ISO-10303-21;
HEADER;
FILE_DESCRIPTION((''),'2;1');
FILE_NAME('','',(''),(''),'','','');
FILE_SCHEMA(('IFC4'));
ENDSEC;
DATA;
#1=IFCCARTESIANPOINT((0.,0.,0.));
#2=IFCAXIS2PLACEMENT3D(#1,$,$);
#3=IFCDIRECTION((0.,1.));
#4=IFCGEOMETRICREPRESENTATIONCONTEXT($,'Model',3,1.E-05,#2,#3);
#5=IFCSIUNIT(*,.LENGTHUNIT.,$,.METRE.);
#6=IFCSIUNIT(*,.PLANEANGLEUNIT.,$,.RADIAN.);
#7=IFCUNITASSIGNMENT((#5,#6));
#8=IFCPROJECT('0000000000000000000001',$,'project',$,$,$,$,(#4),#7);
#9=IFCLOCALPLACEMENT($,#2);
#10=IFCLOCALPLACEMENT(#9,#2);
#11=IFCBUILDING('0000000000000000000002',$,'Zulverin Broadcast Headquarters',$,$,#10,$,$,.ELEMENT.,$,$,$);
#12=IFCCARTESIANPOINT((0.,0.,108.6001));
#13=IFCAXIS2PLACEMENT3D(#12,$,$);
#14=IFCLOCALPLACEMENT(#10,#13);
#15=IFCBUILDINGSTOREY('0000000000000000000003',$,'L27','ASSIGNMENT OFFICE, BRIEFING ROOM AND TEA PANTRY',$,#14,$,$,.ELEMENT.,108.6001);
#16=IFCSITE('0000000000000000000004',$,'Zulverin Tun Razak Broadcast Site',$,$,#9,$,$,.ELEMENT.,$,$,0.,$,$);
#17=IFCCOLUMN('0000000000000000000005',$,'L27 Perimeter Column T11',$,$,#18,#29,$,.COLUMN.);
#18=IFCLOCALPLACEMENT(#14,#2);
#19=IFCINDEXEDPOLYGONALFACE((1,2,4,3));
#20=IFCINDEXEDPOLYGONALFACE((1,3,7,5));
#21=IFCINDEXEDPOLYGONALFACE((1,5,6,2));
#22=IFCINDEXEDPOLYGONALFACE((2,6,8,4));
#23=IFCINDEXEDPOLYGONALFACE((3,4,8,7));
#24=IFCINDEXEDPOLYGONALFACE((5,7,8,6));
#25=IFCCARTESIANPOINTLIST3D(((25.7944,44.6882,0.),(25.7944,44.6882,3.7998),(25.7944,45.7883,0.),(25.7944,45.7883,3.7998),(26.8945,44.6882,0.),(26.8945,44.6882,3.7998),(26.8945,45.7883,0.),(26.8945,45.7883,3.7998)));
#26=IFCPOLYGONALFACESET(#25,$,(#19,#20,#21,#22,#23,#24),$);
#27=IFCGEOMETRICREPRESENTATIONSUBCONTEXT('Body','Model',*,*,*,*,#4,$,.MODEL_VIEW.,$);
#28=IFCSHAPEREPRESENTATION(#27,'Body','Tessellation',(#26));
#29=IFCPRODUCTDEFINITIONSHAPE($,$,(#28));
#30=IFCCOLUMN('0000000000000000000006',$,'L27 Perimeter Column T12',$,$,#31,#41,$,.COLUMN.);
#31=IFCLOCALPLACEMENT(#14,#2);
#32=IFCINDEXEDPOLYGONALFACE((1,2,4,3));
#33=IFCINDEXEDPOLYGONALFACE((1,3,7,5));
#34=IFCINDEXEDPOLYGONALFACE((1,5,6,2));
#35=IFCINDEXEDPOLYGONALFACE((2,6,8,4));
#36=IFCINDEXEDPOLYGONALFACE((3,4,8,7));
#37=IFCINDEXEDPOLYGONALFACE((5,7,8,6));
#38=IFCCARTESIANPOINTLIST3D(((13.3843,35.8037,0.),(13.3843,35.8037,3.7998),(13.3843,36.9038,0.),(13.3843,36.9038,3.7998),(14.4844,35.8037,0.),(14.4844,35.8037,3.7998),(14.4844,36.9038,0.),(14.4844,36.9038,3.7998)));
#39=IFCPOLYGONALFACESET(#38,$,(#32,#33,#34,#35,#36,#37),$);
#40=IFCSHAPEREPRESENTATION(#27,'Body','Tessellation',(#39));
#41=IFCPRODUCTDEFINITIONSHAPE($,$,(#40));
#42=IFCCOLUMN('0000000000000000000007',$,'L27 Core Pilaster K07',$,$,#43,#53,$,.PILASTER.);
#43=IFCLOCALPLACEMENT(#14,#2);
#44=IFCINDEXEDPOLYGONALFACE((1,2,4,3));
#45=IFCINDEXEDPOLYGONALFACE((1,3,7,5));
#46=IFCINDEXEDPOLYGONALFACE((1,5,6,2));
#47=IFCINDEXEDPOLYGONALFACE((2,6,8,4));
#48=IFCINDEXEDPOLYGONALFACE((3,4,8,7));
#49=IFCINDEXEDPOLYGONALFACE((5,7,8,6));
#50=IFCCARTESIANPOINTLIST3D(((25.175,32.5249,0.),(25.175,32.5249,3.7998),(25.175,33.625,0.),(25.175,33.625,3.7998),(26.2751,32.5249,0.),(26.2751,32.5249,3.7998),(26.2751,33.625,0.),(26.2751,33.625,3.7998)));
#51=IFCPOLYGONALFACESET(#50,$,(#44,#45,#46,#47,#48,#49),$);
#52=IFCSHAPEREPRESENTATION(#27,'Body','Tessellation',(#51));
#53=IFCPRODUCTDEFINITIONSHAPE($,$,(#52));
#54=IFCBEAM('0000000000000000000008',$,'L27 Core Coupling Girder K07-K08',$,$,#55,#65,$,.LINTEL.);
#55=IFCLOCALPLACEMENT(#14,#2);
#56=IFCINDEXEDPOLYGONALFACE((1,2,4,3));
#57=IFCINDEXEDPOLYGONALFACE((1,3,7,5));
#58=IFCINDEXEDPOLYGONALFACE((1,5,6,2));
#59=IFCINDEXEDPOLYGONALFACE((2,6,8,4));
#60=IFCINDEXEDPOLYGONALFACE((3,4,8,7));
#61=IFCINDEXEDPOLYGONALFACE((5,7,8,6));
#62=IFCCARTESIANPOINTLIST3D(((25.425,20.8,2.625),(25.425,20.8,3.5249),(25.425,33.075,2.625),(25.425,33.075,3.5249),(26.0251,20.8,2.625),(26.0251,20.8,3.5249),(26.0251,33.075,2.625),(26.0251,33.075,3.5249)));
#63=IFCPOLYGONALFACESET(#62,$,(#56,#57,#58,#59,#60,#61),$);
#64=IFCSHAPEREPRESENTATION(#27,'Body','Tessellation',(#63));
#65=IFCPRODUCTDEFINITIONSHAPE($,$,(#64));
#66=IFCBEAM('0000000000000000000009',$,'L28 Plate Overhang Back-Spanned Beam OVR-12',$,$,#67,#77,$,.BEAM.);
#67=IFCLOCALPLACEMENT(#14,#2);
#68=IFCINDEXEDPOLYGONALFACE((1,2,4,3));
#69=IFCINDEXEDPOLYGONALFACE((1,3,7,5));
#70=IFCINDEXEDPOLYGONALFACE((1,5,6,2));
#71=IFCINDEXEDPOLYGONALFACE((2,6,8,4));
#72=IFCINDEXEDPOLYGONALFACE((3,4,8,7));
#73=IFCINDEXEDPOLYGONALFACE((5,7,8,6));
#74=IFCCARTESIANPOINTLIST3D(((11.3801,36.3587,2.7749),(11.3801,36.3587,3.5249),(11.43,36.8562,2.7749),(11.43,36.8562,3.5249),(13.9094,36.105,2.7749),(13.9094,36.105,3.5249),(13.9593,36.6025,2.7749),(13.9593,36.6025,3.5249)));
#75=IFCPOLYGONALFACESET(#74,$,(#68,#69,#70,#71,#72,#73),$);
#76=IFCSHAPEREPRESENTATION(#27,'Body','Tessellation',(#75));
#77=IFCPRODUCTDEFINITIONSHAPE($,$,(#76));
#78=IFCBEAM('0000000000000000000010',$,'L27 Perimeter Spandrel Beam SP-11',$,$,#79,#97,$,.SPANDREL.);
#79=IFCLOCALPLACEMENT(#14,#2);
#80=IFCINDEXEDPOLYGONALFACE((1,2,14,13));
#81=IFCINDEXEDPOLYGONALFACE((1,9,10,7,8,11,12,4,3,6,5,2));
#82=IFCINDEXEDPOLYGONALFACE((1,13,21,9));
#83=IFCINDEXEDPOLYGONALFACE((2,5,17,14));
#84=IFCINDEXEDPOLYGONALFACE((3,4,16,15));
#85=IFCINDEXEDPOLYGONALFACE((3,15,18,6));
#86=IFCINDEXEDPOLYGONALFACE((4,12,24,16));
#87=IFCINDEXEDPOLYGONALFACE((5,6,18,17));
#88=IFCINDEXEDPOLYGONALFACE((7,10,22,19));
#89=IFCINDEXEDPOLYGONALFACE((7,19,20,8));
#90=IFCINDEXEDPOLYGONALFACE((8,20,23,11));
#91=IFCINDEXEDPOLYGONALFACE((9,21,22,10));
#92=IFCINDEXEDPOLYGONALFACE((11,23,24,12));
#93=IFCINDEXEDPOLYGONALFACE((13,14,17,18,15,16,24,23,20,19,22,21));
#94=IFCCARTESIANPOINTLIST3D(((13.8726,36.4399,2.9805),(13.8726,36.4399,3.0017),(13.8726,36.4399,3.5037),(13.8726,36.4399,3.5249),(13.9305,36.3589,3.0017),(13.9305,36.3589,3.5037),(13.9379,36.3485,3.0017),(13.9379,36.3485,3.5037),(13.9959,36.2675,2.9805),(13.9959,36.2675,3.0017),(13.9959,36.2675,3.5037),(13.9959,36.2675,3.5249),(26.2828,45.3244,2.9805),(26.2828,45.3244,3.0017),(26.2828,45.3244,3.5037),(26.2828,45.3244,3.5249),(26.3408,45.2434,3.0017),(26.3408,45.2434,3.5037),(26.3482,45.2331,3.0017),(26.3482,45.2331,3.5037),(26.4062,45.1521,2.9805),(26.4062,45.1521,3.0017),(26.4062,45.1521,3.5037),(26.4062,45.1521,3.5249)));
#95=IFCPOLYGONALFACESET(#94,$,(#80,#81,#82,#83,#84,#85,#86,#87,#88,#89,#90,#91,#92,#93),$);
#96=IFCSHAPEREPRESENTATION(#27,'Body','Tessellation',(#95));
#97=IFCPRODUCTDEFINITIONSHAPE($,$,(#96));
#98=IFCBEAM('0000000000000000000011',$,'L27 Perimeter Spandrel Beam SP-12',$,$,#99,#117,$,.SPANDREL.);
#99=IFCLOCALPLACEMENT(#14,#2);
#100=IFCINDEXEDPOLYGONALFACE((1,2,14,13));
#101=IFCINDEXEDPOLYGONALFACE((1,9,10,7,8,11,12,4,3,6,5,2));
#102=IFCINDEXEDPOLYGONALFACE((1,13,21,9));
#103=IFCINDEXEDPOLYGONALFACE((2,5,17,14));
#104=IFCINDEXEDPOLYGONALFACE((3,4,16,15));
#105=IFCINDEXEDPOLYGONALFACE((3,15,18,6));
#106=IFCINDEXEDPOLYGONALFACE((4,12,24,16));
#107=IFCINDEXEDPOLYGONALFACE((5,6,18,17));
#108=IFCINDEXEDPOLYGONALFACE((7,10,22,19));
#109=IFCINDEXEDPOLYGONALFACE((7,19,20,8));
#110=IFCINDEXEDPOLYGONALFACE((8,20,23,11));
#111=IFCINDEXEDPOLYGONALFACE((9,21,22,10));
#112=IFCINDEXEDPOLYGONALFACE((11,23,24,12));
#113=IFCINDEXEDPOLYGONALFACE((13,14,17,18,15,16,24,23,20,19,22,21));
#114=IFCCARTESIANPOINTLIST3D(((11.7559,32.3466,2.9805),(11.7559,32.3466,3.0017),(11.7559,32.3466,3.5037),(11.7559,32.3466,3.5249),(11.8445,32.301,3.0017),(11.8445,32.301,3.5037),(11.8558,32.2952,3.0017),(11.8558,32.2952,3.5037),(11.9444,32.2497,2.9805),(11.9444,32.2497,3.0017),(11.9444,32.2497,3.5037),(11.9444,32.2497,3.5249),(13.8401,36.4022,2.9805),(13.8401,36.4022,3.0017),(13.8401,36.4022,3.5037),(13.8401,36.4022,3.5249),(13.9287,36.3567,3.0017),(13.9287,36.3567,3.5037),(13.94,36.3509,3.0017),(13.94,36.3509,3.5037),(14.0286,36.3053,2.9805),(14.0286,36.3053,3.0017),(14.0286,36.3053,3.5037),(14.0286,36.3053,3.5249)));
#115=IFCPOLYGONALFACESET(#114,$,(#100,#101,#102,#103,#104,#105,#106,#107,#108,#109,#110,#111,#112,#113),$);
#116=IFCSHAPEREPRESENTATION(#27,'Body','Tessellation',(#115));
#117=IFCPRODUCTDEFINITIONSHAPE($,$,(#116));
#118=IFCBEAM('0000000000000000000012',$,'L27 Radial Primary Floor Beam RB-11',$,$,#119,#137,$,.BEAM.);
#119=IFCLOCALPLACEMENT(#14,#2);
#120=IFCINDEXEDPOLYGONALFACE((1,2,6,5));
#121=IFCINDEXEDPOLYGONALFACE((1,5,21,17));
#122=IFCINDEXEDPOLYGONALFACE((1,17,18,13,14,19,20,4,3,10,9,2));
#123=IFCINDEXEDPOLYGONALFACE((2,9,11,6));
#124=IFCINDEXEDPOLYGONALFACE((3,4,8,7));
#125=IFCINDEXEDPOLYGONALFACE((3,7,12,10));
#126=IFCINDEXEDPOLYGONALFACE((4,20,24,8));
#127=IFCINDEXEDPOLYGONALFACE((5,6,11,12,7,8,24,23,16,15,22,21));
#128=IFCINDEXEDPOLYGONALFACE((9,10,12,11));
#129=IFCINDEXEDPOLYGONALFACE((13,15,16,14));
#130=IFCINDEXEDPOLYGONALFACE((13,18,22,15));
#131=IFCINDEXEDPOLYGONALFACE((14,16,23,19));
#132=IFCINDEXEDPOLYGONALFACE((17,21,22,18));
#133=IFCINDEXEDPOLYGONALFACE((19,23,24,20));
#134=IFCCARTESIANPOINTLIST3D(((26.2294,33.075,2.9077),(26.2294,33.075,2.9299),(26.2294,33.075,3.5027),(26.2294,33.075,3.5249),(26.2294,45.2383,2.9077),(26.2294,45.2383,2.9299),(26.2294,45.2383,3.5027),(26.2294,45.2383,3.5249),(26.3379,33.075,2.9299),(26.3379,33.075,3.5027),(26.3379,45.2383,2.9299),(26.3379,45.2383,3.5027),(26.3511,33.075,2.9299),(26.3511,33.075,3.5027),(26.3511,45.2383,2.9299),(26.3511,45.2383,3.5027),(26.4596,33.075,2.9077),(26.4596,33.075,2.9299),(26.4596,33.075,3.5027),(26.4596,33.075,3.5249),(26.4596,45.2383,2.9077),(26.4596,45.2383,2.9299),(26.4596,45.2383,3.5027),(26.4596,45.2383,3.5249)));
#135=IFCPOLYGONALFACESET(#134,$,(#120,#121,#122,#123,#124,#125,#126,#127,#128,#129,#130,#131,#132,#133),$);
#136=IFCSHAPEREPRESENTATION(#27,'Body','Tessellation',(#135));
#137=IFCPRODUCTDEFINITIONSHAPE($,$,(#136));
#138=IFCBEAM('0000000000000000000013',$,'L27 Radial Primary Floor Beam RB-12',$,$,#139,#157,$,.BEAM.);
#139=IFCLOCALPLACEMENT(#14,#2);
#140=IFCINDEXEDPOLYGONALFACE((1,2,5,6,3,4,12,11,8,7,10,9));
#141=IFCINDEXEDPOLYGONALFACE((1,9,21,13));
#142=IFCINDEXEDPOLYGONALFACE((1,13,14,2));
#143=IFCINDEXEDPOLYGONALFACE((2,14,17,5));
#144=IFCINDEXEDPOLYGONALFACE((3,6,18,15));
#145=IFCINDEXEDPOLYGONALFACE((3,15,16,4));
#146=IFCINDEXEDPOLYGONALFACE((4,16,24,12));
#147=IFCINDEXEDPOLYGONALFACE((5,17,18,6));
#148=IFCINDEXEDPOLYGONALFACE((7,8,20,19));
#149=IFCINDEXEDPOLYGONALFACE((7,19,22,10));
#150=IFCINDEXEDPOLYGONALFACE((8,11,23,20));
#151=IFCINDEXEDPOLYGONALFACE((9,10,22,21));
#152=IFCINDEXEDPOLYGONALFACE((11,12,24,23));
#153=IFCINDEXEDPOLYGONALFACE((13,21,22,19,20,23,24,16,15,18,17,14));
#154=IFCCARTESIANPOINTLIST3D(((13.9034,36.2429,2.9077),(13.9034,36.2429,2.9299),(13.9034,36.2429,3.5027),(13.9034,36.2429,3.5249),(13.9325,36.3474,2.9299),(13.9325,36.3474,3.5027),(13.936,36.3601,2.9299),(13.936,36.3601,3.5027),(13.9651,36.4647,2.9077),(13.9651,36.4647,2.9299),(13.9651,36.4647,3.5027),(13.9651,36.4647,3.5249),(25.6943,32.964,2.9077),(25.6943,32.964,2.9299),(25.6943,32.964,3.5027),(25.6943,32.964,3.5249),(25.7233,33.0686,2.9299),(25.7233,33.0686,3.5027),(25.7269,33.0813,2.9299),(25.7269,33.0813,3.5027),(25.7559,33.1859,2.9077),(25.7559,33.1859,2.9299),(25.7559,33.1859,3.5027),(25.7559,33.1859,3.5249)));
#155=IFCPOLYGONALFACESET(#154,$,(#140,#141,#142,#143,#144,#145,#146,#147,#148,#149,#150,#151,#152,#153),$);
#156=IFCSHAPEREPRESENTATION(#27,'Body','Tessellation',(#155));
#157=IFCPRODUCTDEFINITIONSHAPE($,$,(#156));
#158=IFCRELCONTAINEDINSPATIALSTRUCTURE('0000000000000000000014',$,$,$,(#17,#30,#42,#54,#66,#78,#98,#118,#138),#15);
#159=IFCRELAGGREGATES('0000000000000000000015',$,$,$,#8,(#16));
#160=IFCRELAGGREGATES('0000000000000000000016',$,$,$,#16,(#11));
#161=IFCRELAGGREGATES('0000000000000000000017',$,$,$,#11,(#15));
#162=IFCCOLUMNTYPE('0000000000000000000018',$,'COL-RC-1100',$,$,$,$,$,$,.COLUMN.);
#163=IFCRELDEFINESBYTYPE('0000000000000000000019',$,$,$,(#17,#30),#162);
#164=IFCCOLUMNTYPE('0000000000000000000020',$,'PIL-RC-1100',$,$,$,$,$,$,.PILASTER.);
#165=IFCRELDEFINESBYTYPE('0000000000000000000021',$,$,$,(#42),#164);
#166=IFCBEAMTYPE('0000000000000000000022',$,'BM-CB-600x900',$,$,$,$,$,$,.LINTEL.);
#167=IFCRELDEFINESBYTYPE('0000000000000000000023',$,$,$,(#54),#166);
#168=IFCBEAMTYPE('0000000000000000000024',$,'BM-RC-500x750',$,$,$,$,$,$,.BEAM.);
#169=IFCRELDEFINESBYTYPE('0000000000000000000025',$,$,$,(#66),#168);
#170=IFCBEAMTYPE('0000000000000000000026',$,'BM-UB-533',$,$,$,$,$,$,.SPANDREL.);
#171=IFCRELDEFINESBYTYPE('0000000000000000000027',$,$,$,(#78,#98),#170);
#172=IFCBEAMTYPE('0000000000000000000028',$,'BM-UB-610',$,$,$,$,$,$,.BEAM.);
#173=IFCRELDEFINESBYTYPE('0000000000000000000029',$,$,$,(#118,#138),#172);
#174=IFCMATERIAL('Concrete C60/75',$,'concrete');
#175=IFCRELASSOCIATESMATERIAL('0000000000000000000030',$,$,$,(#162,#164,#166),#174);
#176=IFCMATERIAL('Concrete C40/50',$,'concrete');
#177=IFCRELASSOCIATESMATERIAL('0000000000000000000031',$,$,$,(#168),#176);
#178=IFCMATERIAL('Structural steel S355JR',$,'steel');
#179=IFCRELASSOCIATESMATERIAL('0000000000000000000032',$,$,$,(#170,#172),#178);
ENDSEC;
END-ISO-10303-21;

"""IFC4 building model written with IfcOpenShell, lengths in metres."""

from ifc_helpers import new_model, si_unit, direction, frame, origin, origin_2d, place, context, subcontext, project, spatial, rectangle, i_section, extrude, material, material_profile, profile_set, type_object, element, save


model = new_model("IFC4")

# Units and contexts
model_context = context("Model", 3, precision=1e-05, world=origin(), true_north=direction((0.0, 1.0)))
body_context = subcontext(model_context, "Body", "Model", "MODEL_VIEW")
ifc_project = project(units=[si_unit("LENGTHUNIT", "METRE"), si_unit("PLANEANGLEUNIT", "RADIAN")], contexts=[model_context])

# Site, building, storey
site_placement = place(None, origin())
site = spatial("IfcSite", under=ifc_project, at=site_placement, Name="Zulverin Tun Razak Broadcast Site", CompositionType="ELEMENT", RefElevation=0.0)
building_placement = place(site_placement, origin())
building = spatial("IfcBuilding", under=site, at=building_placement, Name="Zulverin Broadcast Headquarters", CompositionType="ELEMENT")
storey_placement = place(building_placement, frame((0.0, 0.0, 108.6001)))
storey = spatial("IfcBuildingStorey", under=building, at=storey_placement, Name="L27", Description="ASSIGNMENT OFFICE, BRIEFING ROOM AND TEA PANTRY", CompositionType="ELEMENT", Elevation=108.6001)

# Columns
ifc_material_1 = material(Name="Concrete C60/75", Category="concrete")
ifc_material_profile_1 = material_profile(ifc_material_1, rectangle(XDim=1.1001, YDim=1.1001, at=origin_2d()), Name="Concrete C60/75", Category="concrete")
ifc_profile_set_1 = profile_set([ifc_material_profile_1], Name="Concrete C60/75")
column_type_1 = type_object("IfcColumnType", Name="COL-RC-1100", PredefinedType="COLUMN", material=ifc_profile_set_1)
for number, where, z_axis, x_axis, name in (
    (1, (26.3445, 45.2383, 0.0), (0.0, 0.0, 1.0), (1.0, 0.0, 0.0), "L27 Perimeter Column T11"),
    (2, (13.9343, 36.3538, 0.0), (0.0, 0.0, 1.0), (1.0, 0.0, 0.0), "L27 Perimeter Column T12"),
):
    element("IfcColumn", number, at=place(storey_placement, frame(where, z_axis=z_axis, x_axis=x_axis)), inside=storey, type_object=column_type_1, Name=name, PredefinedType="COLUMN", context=body_context, shape_type="SweptSolid", body=[
        extrude(rectangle(XDim=1.1001, YDim=1.1001, at=origin_2d()), origin(), (0.0, 0.0, 1.0), 3.7998),
    ])
ifc_material_profile_2 = material_profile(ifc_material_1, rectangle(XDim=1.1001, YDim=1.1001, at=origin_2d()), Name="Concrete C60/75", Category="concrete")
ifc_profile_set_2 = profile_set([ifc_material_profile_2], Name="Concrete C60/75")
column_type_2 = type_object("IfcColumnType", Name="PIL-RC-1100", PredefinedType="PILASTER", material=ifc_profile_set_2)
column_placement = place(storey_placement, frame((25.7251, 33.075, 0.0), z_axis=(0.0, 0.0, 1.0), x_axis=(1.0, 0.0, 0.0)))
element("IfcColumn", 3, at=column_placement, inside=storey, type_object=column_type_2, Name="L27 Core Pilaster K07", PredefinedType="PILASTER", context=body_context, shape_type="SweptSolid", body=[
    extrude(rectangle(XDim=1.1001, YDim=1.1001, at=origin_2d()), origin(), (0.0, 0.0, 1.0), 3.7998),
])

# Beams
ifc_material_profile_3 = material_profile(ifc_material_1, rectangle(XDim=0.6001, YDim=0.8999, at=origin_2d()), Name="Concrete C60/75", Category="concrete")
ifc_profile_set_3 = profile_set([ifc_material_profile_3], Name="Concrete C60/75")
beam_type_1 = type_object("IfcBeamType", Name="BM-CB-600x900", PredefinedType="LINTEL", material=ifc_profile_set_3)
beam_1_placement = place(storey_placement, frame((25.7251, 33.075, 3.075), z_axis=(0.0, -1.0, 0.0), x_axis=(1.0, 0.0, 0.0)))
element("IfcBeam", 4, at=beam_1_placement, inside=storey, type_object=beam_type_1, Name="L27 Core Coupling Girder K07-K08", PredefinedType="LINTEL", context=body_context, shape_type="SweptSolid", body=[
    extrude(rectangle(XDim=0.6001, YDim=0.8999, at=origin_2d()), origin(), (0.0, 0.0, 1.0), 12.2749),
])
ifc_material_2 = material(Name="Concrete C40/50", Category="concrete")
ifc_material_profile_4 = material_profile(ifc_material_2, rectangle(XDim=0.5, YDim=0.75, at=origin_2d()), Name="Concrete C40/50", Category="concrete")
ifc_profile_set_4 = profile_set([ifc_material_profile_4], Name="Concrete C40/50")
beam_type_2 = type_object("IfcBeamType", Name="BM-RC-500x750", PredefinedType="BEAM", material=ifc_profile_set_4)
beam_2_placement = place(storey_placement, frame((13.9343, 36.3538, 3.1499), z_axis=(-0.995009, 0.099789, 0.0), x_axis=(-0.099789, -0.995009, 0.0)))
element("IfcBeam", 5, at=beam_2_placement, inside=storey, type_object=beam_type_2, Name="L28 Plate Overhang Back-Spanned Beam OVR-12", PredefinedType="BEAM", context=body_context, shape_type="SweptSolid", body=[
    extrude(rectangle(XDim=0.5, YDim=0.75, at=origin_2d()), origin(), (0.0, 0.0, 1.0), 2.542),
])
ifc_material_3 = material(Name="Structural steel S355JR", Category="steel")
ifc_material_profile_5 = material_profile(ifc_material_3, i_section(OverallWidth=0.2119, OverallDepth=0.5444, WebThickness=0.0127, FlangeThickness=0.0212, at=origin_2d()), Name="Structural steel S355JR", Category="steel")
ifc_profile_set_5 = profile_set([ifc_material_profile_5], Name="Structural steel S355JR")
beam_type_3 = type_object("IfcBeamType", Name="BM-UB-533", PredefinedType="SPANDREL", material=ifc_profile_set_5)
beam_3_placement = place(storey_placement, frame((26.3445, 45.2383, 3.2527), z_axis=(-0.813109, -0.582111, 0.0), x_axis=(0.582111, -0.813109, 0.0)))
element("IfcBeam", 6, at=beam_3_placement, inside=storey, type_object=beam_type_3, Name="L27 Perimeter Spandrel Beam SP-11", PredefinedType="SPANDREL", context=body_context, shape_type="SweptSolid", body=[
    extrude(i_section(OverallWidth=0.2119, OverallDepth=0.5444, WebThickness=0.0127, FlangeThickness=0.0212, at=origin_2d()), origin(), (0.0, 0.0, 1.0), 15.2627),
])
beam_4_placement = place(storey_placement, frame((13.9343, 36.3538, 3.2527), z_axis=(-0.457081, -0.889425, 0.0), x_axis=(0.889425, -0.457081, 0.0)))
element("IfcBeam", 7, at=beam_4_placement, inside=storey, type_object=beam_type_3, Name="L27 Perimeter Spandrel Beam SP-12", PredefinedType="SPANDREL", context=body_context, shape_type="SweptSolid", body=[
    extrude(i_section(OverallWidth=0.2119, OverallDepth=0.5444, WebThickness=0.0127, FlangeThickness=0.0212, at=origin_2d()), origin(), (0.0, 0.0, 1.0), 4.5598),
])
ifc_material_profile_6 = material_profile(ifc_material_3, i_section(OverallWidth=0.2302, OverallDepth=0.6172, WebThickness=0.0132, FlangeThickness=0.0222, at=origin_2d()), Name="Structural steel S355JR", Category="steel")
ifc_profile_set_6 = profile_set([ifc_material_profile_6], Name="Structural steel S355JR")
beam_type_4 = type_object("IfcBeamType", Name="BM-UB-610", PredefinedType="BEAM", material=ifc_profile_set_6)
beam_5_placement = place(storey_placement, frame((26.3445, 33.075, 3.2163), z_axis=(0.0, 1.0, 0.0), x_axis=(-1.0, 0.0, 0.0)))
element("IfcBeam", 8, at=beam_5_placement, inside=storey, type_object=beam_type_4, Name="L27 Radial Primary Floor Beam RB-11", PredefinedType="BEAM", context=body_context, shape_type="SweptSolid", body=[
    extrude(i_section(OverallWidth=0.2302, OverallDepth=0.6172, WebThickness=0.0132, FlangeThickness=0.0222, at=origin_2d()), origin(), (0.0, 0.0, 1.0), 12.1633),
])
beam_6_placement = place(storey_placement, frame((25.7251, 33.075, 3.2163), z_axis=(-0.963442, 0.267917, 0.0), x_axis=(-0.267917, -0.963442, 0.0)))
element("IfcBeam", 9, at=beam_6_placement, inside=storey, type_object=beam_type_4, Name="L27 Radial Primary Floor Beam RB-12", PredefinedType="BEAM", context=body_context, shape_type="SweptSolid", body=[
    extrude(i_section(OverallWidth=0.2302, OverallDepth=0.6172, WebThickness=0.0132, FlangeThickness=0.0222, at=origin_2d()), origin(), (0.0, 0.0, 1.0), 12.2383),
])

save(model, "model.ifc")
